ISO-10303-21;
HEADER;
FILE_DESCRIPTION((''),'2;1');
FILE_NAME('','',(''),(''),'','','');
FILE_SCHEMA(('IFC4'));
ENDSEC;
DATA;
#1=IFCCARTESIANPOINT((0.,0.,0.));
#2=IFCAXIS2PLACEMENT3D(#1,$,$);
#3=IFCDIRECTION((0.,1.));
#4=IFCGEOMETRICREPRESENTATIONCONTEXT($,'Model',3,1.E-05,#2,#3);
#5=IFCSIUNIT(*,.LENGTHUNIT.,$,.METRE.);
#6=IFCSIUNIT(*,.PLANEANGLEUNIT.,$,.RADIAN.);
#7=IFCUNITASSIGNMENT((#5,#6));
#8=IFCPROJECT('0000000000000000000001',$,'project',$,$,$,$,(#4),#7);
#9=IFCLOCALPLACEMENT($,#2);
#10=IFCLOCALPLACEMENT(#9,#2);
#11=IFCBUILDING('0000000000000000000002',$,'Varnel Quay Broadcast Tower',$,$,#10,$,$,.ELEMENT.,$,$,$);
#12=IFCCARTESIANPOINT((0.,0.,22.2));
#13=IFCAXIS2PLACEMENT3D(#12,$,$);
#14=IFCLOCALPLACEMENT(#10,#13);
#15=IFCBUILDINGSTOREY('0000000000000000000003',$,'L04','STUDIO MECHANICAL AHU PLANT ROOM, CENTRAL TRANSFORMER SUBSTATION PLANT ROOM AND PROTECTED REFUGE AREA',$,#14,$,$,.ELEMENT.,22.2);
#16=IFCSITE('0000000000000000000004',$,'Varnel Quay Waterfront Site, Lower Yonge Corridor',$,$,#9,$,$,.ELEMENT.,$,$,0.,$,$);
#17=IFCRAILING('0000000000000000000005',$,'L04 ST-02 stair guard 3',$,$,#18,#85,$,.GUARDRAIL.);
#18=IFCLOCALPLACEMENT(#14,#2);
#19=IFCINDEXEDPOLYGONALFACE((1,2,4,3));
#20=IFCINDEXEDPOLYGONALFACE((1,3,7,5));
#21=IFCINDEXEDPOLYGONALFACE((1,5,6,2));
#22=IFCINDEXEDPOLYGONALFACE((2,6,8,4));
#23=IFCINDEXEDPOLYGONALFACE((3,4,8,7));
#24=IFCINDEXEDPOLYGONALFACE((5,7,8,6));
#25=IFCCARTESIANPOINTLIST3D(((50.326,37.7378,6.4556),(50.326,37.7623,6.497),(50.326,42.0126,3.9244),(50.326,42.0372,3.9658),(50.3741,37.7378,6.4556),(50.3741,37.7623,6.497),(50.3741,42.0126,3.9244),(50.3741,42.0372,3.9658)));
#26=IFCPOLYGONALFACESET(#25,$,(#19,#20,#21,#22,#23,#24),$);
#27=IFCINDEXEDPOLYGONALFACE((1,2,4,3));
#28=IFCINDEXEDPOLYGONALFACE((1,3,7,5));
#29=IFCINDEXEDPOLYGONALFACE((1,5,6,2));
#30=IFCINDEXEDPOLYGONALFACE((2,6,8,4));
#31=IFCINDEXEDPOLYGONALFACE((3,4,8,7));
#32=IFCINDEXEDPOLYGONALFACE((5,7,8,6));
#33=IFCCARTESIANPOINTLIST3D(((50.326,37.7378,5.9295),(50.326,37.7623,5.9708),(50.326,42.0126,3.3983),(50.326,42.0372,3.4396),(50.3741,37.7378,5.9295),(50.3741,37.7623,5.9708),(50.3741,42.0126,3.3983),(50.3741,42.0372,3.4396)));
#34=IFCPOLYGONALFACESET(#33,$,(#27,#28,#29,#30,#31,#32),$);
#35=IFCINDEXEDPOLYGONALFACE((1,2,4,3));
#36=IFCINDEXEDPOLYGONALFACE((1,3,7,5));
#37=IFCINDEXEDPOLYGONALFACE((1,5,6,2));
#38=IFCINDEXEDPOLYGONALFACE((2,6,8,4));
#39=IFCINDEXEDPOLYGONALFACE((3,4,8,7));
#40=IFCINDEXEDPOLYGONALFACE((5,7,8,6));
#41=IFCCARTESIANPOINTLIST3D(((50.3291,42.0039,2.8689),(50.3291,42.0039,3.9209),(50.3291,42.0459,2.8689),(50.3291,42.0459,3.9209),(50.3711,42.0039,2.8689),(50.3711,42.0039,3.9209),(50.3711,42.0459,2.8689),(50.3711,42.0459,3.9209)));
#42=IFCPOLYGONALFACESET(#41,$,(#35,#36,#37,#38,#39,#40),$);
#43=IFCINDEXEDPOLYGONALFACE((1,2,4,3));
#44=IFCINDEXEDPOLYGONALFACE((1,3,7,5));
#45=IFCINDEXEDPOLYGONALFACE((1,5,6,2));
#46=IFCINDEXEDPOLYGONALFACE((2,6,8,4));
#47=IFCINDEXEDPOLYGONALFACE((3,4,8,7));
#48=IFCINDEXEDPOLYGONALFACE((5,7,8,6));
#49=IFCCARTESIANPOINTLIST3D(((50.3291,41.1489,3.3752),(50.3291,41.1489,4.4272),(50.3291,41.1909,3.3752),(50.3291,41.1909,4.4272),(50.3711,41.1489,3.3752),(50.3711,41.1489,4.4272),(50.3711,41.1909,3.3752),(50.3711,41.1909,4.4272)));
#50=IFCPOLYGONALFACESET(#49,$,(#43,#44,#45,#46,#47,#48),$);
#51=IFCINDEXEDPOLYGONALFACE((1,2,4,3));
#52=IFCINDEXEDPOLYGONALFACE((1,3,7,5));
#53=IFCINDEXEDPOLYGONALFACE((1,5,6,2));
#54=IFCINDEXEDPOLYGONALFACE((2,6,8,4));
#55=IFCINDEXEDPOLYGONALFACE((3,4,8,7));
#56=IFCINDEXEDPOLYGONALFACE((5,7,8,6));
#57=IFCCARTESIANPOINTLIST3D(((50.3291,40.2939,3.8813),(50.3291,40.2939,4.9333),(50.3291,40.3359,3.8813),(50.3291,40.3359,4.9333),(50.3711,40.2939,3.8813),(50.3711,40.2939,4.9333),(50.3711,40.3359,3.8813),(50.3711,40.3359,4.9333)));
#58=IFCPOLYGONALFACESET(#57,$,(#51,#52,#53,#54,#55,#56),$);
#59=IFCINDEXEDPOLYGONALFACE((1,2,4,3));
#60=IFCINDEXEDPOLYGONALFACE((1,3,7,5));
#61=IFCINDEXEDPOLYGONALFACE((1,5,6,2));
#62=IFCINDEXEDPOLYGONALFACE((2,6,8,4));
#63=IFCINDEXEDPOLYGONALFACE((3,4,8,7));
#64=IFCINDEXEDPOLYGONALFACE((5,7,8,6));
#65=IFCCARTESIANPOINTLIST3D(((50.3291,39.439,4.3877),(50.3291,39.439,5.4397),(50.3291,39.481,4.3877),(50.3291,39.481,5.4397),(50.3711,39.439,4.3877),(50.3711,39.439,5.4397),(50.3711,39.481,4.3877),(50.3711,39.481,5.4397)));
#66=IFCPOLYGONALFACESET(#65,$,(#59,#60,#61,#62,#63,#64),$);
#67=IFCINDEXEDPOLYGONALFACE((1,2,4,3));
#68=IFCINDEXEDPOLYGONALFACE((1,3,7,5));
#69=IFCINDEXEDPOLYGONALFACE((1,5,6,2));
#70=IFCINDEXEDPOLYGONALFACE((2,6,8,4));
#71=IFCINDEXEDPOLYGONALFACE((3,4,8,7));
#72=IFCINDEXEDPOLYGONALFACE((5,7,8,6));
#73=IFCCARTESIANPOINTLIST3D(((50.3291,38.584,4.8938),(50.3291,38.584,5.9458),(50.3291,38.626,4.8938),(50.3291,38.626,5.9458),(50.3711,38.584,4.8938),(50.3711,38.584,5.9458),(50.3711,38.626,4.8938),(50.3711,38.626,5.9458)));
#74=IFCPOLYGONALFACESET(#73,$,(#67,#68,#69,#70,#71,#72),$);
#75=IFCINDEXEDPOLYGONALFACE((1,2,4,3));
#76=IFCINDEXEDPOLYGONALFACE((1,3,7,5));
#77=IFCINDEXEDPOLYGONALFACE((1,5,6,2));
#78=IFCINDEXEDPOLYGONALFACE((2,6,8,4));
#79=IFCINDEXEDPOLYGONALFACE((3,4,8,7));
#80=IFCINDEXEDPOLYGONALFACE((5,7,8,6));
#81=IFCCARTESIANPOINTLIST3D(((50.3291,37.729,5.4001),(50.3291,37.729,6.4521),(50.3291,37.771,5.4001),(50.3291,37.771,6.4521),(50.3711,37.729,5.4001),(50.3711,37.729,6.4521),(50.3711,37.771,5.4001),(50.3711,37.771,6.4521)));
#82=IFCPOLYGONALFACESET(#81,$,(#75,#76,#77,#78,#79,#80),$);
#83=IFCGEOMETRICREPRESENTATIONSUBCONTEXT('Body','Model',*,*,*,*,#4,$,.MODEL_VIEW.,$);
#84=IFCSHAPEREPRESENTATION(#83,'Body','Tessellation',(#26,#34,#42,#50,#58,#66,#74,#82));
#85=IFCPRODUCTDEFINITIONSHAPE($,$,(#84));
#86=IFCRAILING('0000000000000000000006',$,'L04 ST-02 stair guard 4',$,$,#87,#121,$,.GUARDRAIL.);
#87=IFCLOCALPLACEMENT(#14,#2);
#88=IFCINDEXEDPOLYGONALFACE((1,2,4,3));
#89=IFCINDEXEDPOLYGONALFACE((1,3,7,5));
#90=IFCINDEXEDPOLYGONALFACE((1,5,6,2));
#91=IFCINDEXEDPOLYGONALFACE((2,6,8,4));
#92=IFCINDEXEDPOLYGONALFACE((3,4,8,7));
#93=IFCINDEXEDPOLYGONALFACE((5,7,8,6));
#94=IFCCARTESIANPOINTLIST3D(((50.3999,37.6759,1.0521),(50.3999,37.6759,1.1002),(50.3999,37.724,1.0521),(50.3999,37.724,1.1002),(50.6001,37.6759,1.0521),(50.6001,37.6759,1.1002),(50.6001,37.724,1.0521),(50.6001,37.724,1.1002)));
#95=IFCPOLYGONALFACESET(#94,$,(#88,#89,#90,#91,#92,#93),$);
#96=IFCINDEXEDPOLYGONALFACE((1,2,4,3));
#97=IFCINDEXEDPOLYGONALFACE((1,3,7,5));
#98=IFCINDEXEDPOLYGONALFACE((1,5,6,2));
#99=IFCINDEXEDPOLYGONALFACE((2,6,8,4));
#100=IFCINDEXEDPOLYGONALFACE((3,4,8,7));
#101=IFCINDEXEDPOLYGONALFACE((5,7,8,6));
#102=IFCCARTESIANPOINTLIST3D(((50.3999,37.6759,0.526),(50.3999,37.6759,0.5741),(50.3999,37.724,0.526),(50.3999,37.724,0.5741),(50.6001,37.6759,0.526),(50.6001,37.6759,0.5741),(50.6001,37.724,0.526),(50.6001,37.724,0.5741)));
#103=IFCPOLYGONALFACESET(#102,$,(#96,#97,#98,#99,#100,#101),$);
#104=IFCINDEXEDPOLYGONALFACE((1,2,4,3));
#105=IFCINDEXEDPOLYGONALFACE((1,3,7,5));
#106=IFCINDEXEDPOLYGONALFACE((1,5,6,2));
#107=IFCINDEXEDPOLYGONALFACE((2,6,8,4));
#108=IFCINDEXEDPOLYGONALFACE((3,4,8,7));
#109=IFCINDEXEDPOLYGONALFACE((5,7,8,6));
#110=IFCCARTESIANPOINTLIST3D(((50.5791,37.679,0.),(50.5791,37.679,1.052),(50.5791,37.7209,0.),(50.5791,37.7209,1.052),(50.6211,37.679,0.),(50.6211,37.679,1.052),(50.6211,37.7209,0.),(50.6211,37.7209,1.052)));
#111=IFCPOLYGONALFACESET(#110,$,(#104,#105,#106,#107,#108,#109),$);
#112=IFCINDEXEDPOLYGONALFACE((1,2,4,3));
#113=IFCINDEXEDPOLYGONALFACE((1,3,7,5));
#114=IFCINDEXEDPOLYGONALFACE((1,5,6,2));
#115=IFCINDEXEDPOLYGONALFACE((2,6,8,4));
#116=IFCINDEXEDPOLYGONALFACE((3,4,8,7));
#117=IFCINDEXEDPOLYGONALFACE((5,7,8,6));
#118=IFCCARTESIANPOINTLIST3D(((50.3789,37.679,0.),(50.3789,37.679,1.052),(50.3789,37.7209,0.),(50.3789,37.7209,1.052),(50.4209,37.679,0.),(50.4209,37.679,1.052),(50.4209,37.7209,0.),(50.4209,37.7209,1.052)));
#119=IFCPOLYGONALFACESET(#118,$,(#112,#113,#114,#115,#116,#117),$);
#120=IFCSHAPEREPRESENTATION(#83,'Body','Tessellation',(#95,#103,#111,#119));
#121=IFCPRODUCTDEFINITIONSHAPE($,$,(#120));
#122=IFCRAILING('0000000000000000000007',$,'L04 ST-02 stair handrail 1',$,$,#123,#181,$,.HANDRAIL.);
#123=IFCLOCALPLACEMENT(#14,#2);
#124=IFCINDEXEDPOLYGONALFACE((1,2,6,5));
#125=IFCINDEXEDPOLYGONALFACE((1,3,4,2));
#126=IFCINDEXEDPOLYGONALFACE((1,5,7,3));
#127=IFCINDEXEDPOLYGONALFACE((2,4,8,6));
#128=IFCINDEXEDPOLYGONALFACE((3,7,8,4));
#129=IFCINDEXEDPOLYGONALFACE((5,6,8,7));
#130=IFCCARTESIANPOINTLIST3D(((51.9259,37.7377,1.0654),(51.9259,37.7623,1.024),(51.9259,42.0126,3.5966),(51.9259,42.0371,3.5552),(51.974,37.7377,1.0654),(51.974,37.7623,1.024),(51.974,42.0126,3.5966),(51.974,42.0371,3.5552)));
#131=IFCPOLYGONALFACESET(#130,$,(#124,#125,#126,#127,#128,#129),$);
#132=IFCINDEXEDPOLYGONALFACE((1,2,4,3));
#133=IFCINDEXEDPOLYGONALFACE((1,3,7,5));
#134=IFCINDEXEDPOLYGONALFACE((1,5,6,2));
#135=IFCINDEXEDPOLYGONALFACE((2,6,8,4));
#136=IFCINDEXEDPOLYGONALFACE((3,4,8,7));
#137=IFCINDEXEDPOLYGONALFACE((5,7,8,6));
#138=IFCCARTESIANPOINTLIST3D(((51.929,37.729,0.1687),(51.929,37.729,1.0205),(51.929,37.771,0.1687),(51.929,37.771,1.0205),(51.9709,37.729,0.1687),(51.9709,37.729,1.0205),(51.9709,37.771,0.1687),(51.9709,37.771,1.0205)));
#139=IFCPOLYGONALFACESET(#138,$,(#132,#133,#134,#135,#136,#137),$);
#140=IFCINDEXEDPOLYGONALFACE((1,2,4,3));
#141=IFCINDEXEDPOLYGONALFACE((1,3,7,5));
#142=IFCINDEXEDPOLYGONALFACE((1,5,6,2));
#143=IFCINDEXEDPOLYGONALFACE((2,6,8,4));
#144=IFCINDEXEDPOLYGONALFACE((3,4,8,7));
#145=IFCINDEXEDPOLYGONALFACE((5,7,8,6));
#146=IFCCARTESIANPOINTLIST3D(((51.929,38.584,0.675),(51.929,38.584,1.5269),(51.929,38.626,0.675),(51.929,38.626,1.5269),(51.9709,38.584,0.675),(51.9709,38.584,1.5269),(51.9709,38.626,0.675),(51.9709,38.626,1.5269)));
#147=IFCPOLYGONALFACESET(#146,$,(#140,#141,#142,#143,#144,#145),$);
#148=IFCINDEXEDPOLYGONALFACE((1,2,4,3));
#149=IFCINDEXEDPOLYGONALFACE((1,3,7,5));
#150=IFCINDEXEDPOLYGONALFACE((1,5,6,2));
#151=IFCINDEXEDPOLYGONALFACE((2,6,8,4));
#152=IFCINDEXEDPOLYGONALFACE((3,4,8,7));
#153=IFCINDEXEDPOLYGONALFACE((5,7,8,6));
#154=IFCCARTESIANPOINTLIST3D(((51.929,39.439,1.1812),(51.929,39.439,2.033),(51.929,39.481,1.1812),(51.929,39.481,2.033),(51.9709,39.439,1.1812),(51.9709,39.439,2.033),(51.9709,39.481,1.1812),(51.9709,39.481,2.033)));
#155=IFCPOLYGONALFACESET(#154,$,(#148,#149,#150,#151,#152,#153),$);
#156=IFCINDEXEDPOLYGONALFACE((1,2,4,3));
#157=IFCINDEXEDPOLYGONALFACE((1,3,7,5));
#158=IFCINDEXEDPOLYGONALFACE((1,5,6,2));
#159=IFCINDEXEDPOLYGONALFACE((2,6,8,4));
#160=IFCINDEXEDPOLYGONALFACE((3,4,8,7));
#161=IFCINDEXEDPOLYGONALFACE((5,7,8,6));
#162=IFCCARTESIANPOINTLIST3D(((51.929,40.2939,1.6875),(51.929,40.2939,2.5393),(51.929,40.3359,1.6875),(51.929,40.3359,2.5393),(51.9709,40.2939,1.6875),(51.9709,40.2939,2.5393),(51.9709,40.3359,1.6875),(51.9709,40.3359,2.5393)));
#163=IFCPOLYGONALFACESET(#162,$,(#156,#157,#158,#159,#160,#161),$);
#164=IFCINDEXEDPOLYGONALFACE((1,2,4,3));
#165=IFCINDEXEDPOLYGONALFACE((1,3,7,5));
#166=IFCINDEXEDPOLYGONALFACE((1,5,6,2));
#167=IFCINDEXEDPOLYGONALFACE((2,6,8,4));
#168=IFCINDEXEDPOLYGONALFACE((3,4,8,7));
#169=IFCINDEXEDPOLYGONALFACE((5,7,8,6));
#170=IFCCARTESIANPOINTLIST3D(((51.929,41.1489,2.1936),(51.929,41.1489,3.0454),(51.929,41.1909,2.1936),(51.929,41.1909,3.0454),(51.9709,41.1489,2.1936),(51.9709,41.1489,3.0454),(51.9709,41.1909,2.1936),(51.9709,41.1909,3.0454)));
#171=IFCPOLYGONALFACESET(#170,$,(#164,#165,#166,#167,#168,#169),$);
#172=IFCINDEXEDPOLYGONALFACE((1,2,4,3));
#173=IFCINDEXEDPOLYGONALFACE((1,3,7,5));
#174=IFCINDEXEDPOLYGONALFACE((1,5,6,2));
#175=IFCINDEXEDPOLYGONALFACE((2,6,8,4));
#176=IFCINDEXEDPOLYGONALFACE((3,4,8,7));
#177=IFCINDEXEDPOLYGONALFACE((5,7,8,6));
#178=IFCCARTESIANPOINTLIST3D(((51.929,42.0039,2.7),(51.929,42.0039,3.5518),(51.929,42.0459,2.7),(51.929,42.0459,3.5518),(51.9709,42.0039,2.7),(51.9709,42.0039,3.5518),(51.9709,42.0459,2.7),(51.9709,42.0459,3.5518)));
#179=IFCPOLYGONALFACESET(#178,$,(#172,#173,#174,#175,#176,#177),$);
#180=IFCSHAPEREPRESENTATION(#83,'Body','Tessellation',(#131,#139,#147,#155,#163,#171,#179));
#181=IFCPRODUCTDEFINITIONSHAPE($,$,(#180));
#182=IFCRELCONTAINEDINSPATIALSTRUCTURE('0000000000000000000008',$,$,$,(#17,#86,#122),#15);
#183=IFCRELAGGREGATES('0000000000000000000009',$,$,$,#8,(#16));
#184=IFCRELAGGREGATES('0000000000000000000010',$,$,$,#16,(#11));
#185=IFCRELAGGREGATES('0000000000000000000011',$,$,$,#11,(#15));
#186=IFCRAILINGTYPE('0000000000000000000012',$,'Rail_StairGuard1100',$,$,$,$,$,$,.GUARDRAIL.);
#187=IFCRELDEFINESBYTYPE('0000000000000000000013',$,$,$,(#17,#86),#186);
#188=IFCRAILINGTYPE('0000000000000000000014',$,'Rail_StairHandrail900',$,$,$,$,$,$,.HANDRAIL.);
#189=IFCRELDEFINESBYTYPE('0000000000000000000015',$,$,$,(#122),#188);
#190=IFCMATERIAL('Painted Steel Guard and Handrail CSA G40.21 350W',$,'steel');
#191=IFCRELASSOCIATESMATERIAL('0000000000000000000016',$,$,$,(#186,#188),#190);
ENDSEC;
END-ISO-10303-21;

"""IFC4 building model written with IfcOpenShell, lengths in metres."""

from ifc_helpers import new_model, si_unit, direction, frame, origin, origin_2d, place, context, subcontext, project, spatial, rectangle, extrude, material, type_object, element, save


model = new_model("IFC4")

# Units and contexts
model_context = context("Model", 3, precision=1e-05, world=origin(), true_north=direction((0.0, 1.0)))
body_context = subcontext(model_context, "Body", "Model", "MODEL_VIEW")
ifc_project = project(units=[si_unit("LENGTHUNIT", "METRE"), si_unit("PLANEANGLEUNIT", "RADIAN")], contexts=[model_context])

# Site, building, storey
site_placement = place(None, origin())
site = spatial("IfcSite", under=ifc_project, at=site_placement, Name="Varnel Quay Waterfront Site, Lower Yonge Corridor", CompositionType="ELEMENT", RefElevation=0.0)
building_placement = place(site_placement, origin())
building = spatial("IfcBuilding", under=site, at=building_placement, Name="Varnel Quay Broadcast Tower", CompositionType="ELEMENT")
storey_placement = place(building_placement, frame((0.0, 0.0, 22.2)))
storey = spatial("IfcBuildingStorey", under=building, at=storey_placement, Name="L04", Description="STUDIO MECHANICAL AHU PLANT ROOM, CENTRAL TRANSFORMER SUBSTATION PLANT ROOM AND PROTECTED REFUGE AREA", CompositionType="ELEMENT", Elevation=22.2)

# Railings
ifc_material_1 = material(Name="Painted Steel Guard and Handrail CSA G40.21 350W", Category="steel")
railing_type_1 = type_object("IfcRailingType", Name="Rail_StairGuard1100", PredefinedType="GUARDRAIL", material=ifc_material_1)
railing_1_placement = place(storey_placement, frame((50.3501, 42.0249, 2.8689)))
element("IfcRailing", 1, at=railing_1_placement, inside=storey, type_object=railing_type_1, Name="L04 ST-02 stair guard 3", PredefinedType="GUARDRAIL", context=body_context, shape_type="SweptSolid", body=[
    extrude(rectangle(XDim=0.0481, YDim=0.0481, at=origin_2d()), frame((0.0, 0.0, 1.0762), z_axis=(0.0, -0.86047, 0.509501), x_axis=(1.0, 0.0, 0.0)), (0.0, 0.0, 1.0), 4.968),
    extrude(rectangle(XDim=0.0481, YDim=0.0481, at=origin_2d()), frame((0.0, 0.0, 0.55), z_axis=(0.0, -0.86047, 0.509501), x_axis=(1.0, 0.0, 0.0)), (0.0, 0.0, 1.0), 4.968),
    extrude(rectangle(XDim=0.042, YDim=0.042, at=origin_2d()), origin(), (0.0, 0.0, 1.0), 1.052),
    extrude(rectangle(XDim=0.042, YDim=0.042, at=origin_2d()), frame((0.0, -0.855, 0.5063)), (0.0, 0.0, 1.0), 1.052),
    extrude(rectangle(XDim=0.042, YDim=0.042, at=origin_2d()), frame((0.0, -1.71, 1.0125)), (0.0, 0.0, 1.0), 1.052),
    extrude(rectangle(XDim=0.042, YDim=0.042, at=origin_2d()), frame((0.0, -2.5649, 1.5188)), (0.0, 0.0, 1.0), 1.052),
    extrude(rectangle(XDim=0.042, YDim=0.042, at=origin_2d()), frame((0.0, -3.4199, 2.0249)), (0.0, 0.0, 1.0), 1.052),
    extrude(rectangle(XDim=0.042, YDim=0.042, at=origin_2d()), frame((0.0, -4.2749, 2.5312)), (0.0, 0.0, 1.0), 1.052),
])
railing_2_placement = place(storey_placement, frame((50.6001, 37.7, 0.0)))
element("IfcRailing", 2, at=railing_2_placement, inside=storey, type_object=railing_type_1, Name="L04 ST-02 stair guard 4", PredefinedType="GUARDRAIL", context=body_context, shape_type="SweptSolid", body=[
    extrude(rectangle(XDim=0.0481, YDim=0.0481, at=origin_2d()), frame((0.0, 0.0, 1.0762), z_axis=(-1.0, 0.0, 0.0), x_axis=(0.0, -1.0, 0.0)), (0.0, 0.0, 1.0), 0.2002),
    extrude(rectangle(XDim=0.0481, YDim=0.0481, at=origin_2d()), frame((0.0, 0.0, 0.55), z_axis=(-1.0, 0.0, 0.0), x_axis=(0.0, -1.0, 0.0)), (0.0, 0.0, 1.0), 0.2002),
    extrude(rectangle(XDim=0.042, YDim=0.042, at=origin_2d()), origin(), (0.0, 0.0, 1.0), 1.052),
    extrude(rectangle(XDim=0.042, YDim=0.042, at=origin_2d()), frame((-0.2002, 0.0, 0.0)), (0.0, 0.0, 1.0), 1.052),
])
railing_type_2 = type_object("IfcRailingType", Name="Rail_StairHandrail900", PredefinedType="HANDRAIL", material=ifc_material_1)
railing_3_placement = place(storey_placement, frame((51.95, 37.75, 0.1687)))
element("IfcRailing", 3, at=railing_3_placement, inside=storey, type_object=railing_type_2, Name="L04 ST-02 stair handrail 1", PredefinedType="HANDRAIL", context=body_context, shape_type="SweptSolid", body=[
    extrude(rectangle(XDim=0.0481, YDim=0.0481, at=origin_2d()), frame((0.0, 0.0, 0.876), z_axis=(0.0, 0.86047, 0.509501), x_axis=(-1.0, 0.0, 0.0)), (0.0, 0.0, 1.0), 4.968),
    extrude(rectangle(XDim=0.042, YDim=0.042, at=origin_2d()), origin(), (0.0, 0.0, 1.0), 0.8518),
    extrude(rectangle(XDim=0.042, YDim=0.042, at=origin_2d()), frame((0.0, 0.855, 0.5063)), (0.0, 0.0, 1.0), 0.8518),
    extrude(rectangle(XDim=0.042, YDim=0.042, at=origin_2d()), frame((0.0, 1.71, 1.0125)), (0.0, 0.0, 1.0), 0.8518),
    extrude(rectangle(XDim=0.042, YDim=0.042, at=origin_2d()), frame((0.0, 2.5649, 1.5188)), (0.0, 0.0, 1.0), 0.8518),
    extrude(rectangle(XDim=0.042, YDim=0.042, at=origin_2d()), frame((0.0, 3.4199, 2.0249)), (0.0, 0.0, 1.0), 0.8518),
    extrude(rectangle(XDim=0.042, YDim=0.042, at=origin_2d()), frame((0.0, 4.2749, 2.5312)), (0.0, 0.0, 1.0), 0.8518),
])

save(model, "model.ifc")
